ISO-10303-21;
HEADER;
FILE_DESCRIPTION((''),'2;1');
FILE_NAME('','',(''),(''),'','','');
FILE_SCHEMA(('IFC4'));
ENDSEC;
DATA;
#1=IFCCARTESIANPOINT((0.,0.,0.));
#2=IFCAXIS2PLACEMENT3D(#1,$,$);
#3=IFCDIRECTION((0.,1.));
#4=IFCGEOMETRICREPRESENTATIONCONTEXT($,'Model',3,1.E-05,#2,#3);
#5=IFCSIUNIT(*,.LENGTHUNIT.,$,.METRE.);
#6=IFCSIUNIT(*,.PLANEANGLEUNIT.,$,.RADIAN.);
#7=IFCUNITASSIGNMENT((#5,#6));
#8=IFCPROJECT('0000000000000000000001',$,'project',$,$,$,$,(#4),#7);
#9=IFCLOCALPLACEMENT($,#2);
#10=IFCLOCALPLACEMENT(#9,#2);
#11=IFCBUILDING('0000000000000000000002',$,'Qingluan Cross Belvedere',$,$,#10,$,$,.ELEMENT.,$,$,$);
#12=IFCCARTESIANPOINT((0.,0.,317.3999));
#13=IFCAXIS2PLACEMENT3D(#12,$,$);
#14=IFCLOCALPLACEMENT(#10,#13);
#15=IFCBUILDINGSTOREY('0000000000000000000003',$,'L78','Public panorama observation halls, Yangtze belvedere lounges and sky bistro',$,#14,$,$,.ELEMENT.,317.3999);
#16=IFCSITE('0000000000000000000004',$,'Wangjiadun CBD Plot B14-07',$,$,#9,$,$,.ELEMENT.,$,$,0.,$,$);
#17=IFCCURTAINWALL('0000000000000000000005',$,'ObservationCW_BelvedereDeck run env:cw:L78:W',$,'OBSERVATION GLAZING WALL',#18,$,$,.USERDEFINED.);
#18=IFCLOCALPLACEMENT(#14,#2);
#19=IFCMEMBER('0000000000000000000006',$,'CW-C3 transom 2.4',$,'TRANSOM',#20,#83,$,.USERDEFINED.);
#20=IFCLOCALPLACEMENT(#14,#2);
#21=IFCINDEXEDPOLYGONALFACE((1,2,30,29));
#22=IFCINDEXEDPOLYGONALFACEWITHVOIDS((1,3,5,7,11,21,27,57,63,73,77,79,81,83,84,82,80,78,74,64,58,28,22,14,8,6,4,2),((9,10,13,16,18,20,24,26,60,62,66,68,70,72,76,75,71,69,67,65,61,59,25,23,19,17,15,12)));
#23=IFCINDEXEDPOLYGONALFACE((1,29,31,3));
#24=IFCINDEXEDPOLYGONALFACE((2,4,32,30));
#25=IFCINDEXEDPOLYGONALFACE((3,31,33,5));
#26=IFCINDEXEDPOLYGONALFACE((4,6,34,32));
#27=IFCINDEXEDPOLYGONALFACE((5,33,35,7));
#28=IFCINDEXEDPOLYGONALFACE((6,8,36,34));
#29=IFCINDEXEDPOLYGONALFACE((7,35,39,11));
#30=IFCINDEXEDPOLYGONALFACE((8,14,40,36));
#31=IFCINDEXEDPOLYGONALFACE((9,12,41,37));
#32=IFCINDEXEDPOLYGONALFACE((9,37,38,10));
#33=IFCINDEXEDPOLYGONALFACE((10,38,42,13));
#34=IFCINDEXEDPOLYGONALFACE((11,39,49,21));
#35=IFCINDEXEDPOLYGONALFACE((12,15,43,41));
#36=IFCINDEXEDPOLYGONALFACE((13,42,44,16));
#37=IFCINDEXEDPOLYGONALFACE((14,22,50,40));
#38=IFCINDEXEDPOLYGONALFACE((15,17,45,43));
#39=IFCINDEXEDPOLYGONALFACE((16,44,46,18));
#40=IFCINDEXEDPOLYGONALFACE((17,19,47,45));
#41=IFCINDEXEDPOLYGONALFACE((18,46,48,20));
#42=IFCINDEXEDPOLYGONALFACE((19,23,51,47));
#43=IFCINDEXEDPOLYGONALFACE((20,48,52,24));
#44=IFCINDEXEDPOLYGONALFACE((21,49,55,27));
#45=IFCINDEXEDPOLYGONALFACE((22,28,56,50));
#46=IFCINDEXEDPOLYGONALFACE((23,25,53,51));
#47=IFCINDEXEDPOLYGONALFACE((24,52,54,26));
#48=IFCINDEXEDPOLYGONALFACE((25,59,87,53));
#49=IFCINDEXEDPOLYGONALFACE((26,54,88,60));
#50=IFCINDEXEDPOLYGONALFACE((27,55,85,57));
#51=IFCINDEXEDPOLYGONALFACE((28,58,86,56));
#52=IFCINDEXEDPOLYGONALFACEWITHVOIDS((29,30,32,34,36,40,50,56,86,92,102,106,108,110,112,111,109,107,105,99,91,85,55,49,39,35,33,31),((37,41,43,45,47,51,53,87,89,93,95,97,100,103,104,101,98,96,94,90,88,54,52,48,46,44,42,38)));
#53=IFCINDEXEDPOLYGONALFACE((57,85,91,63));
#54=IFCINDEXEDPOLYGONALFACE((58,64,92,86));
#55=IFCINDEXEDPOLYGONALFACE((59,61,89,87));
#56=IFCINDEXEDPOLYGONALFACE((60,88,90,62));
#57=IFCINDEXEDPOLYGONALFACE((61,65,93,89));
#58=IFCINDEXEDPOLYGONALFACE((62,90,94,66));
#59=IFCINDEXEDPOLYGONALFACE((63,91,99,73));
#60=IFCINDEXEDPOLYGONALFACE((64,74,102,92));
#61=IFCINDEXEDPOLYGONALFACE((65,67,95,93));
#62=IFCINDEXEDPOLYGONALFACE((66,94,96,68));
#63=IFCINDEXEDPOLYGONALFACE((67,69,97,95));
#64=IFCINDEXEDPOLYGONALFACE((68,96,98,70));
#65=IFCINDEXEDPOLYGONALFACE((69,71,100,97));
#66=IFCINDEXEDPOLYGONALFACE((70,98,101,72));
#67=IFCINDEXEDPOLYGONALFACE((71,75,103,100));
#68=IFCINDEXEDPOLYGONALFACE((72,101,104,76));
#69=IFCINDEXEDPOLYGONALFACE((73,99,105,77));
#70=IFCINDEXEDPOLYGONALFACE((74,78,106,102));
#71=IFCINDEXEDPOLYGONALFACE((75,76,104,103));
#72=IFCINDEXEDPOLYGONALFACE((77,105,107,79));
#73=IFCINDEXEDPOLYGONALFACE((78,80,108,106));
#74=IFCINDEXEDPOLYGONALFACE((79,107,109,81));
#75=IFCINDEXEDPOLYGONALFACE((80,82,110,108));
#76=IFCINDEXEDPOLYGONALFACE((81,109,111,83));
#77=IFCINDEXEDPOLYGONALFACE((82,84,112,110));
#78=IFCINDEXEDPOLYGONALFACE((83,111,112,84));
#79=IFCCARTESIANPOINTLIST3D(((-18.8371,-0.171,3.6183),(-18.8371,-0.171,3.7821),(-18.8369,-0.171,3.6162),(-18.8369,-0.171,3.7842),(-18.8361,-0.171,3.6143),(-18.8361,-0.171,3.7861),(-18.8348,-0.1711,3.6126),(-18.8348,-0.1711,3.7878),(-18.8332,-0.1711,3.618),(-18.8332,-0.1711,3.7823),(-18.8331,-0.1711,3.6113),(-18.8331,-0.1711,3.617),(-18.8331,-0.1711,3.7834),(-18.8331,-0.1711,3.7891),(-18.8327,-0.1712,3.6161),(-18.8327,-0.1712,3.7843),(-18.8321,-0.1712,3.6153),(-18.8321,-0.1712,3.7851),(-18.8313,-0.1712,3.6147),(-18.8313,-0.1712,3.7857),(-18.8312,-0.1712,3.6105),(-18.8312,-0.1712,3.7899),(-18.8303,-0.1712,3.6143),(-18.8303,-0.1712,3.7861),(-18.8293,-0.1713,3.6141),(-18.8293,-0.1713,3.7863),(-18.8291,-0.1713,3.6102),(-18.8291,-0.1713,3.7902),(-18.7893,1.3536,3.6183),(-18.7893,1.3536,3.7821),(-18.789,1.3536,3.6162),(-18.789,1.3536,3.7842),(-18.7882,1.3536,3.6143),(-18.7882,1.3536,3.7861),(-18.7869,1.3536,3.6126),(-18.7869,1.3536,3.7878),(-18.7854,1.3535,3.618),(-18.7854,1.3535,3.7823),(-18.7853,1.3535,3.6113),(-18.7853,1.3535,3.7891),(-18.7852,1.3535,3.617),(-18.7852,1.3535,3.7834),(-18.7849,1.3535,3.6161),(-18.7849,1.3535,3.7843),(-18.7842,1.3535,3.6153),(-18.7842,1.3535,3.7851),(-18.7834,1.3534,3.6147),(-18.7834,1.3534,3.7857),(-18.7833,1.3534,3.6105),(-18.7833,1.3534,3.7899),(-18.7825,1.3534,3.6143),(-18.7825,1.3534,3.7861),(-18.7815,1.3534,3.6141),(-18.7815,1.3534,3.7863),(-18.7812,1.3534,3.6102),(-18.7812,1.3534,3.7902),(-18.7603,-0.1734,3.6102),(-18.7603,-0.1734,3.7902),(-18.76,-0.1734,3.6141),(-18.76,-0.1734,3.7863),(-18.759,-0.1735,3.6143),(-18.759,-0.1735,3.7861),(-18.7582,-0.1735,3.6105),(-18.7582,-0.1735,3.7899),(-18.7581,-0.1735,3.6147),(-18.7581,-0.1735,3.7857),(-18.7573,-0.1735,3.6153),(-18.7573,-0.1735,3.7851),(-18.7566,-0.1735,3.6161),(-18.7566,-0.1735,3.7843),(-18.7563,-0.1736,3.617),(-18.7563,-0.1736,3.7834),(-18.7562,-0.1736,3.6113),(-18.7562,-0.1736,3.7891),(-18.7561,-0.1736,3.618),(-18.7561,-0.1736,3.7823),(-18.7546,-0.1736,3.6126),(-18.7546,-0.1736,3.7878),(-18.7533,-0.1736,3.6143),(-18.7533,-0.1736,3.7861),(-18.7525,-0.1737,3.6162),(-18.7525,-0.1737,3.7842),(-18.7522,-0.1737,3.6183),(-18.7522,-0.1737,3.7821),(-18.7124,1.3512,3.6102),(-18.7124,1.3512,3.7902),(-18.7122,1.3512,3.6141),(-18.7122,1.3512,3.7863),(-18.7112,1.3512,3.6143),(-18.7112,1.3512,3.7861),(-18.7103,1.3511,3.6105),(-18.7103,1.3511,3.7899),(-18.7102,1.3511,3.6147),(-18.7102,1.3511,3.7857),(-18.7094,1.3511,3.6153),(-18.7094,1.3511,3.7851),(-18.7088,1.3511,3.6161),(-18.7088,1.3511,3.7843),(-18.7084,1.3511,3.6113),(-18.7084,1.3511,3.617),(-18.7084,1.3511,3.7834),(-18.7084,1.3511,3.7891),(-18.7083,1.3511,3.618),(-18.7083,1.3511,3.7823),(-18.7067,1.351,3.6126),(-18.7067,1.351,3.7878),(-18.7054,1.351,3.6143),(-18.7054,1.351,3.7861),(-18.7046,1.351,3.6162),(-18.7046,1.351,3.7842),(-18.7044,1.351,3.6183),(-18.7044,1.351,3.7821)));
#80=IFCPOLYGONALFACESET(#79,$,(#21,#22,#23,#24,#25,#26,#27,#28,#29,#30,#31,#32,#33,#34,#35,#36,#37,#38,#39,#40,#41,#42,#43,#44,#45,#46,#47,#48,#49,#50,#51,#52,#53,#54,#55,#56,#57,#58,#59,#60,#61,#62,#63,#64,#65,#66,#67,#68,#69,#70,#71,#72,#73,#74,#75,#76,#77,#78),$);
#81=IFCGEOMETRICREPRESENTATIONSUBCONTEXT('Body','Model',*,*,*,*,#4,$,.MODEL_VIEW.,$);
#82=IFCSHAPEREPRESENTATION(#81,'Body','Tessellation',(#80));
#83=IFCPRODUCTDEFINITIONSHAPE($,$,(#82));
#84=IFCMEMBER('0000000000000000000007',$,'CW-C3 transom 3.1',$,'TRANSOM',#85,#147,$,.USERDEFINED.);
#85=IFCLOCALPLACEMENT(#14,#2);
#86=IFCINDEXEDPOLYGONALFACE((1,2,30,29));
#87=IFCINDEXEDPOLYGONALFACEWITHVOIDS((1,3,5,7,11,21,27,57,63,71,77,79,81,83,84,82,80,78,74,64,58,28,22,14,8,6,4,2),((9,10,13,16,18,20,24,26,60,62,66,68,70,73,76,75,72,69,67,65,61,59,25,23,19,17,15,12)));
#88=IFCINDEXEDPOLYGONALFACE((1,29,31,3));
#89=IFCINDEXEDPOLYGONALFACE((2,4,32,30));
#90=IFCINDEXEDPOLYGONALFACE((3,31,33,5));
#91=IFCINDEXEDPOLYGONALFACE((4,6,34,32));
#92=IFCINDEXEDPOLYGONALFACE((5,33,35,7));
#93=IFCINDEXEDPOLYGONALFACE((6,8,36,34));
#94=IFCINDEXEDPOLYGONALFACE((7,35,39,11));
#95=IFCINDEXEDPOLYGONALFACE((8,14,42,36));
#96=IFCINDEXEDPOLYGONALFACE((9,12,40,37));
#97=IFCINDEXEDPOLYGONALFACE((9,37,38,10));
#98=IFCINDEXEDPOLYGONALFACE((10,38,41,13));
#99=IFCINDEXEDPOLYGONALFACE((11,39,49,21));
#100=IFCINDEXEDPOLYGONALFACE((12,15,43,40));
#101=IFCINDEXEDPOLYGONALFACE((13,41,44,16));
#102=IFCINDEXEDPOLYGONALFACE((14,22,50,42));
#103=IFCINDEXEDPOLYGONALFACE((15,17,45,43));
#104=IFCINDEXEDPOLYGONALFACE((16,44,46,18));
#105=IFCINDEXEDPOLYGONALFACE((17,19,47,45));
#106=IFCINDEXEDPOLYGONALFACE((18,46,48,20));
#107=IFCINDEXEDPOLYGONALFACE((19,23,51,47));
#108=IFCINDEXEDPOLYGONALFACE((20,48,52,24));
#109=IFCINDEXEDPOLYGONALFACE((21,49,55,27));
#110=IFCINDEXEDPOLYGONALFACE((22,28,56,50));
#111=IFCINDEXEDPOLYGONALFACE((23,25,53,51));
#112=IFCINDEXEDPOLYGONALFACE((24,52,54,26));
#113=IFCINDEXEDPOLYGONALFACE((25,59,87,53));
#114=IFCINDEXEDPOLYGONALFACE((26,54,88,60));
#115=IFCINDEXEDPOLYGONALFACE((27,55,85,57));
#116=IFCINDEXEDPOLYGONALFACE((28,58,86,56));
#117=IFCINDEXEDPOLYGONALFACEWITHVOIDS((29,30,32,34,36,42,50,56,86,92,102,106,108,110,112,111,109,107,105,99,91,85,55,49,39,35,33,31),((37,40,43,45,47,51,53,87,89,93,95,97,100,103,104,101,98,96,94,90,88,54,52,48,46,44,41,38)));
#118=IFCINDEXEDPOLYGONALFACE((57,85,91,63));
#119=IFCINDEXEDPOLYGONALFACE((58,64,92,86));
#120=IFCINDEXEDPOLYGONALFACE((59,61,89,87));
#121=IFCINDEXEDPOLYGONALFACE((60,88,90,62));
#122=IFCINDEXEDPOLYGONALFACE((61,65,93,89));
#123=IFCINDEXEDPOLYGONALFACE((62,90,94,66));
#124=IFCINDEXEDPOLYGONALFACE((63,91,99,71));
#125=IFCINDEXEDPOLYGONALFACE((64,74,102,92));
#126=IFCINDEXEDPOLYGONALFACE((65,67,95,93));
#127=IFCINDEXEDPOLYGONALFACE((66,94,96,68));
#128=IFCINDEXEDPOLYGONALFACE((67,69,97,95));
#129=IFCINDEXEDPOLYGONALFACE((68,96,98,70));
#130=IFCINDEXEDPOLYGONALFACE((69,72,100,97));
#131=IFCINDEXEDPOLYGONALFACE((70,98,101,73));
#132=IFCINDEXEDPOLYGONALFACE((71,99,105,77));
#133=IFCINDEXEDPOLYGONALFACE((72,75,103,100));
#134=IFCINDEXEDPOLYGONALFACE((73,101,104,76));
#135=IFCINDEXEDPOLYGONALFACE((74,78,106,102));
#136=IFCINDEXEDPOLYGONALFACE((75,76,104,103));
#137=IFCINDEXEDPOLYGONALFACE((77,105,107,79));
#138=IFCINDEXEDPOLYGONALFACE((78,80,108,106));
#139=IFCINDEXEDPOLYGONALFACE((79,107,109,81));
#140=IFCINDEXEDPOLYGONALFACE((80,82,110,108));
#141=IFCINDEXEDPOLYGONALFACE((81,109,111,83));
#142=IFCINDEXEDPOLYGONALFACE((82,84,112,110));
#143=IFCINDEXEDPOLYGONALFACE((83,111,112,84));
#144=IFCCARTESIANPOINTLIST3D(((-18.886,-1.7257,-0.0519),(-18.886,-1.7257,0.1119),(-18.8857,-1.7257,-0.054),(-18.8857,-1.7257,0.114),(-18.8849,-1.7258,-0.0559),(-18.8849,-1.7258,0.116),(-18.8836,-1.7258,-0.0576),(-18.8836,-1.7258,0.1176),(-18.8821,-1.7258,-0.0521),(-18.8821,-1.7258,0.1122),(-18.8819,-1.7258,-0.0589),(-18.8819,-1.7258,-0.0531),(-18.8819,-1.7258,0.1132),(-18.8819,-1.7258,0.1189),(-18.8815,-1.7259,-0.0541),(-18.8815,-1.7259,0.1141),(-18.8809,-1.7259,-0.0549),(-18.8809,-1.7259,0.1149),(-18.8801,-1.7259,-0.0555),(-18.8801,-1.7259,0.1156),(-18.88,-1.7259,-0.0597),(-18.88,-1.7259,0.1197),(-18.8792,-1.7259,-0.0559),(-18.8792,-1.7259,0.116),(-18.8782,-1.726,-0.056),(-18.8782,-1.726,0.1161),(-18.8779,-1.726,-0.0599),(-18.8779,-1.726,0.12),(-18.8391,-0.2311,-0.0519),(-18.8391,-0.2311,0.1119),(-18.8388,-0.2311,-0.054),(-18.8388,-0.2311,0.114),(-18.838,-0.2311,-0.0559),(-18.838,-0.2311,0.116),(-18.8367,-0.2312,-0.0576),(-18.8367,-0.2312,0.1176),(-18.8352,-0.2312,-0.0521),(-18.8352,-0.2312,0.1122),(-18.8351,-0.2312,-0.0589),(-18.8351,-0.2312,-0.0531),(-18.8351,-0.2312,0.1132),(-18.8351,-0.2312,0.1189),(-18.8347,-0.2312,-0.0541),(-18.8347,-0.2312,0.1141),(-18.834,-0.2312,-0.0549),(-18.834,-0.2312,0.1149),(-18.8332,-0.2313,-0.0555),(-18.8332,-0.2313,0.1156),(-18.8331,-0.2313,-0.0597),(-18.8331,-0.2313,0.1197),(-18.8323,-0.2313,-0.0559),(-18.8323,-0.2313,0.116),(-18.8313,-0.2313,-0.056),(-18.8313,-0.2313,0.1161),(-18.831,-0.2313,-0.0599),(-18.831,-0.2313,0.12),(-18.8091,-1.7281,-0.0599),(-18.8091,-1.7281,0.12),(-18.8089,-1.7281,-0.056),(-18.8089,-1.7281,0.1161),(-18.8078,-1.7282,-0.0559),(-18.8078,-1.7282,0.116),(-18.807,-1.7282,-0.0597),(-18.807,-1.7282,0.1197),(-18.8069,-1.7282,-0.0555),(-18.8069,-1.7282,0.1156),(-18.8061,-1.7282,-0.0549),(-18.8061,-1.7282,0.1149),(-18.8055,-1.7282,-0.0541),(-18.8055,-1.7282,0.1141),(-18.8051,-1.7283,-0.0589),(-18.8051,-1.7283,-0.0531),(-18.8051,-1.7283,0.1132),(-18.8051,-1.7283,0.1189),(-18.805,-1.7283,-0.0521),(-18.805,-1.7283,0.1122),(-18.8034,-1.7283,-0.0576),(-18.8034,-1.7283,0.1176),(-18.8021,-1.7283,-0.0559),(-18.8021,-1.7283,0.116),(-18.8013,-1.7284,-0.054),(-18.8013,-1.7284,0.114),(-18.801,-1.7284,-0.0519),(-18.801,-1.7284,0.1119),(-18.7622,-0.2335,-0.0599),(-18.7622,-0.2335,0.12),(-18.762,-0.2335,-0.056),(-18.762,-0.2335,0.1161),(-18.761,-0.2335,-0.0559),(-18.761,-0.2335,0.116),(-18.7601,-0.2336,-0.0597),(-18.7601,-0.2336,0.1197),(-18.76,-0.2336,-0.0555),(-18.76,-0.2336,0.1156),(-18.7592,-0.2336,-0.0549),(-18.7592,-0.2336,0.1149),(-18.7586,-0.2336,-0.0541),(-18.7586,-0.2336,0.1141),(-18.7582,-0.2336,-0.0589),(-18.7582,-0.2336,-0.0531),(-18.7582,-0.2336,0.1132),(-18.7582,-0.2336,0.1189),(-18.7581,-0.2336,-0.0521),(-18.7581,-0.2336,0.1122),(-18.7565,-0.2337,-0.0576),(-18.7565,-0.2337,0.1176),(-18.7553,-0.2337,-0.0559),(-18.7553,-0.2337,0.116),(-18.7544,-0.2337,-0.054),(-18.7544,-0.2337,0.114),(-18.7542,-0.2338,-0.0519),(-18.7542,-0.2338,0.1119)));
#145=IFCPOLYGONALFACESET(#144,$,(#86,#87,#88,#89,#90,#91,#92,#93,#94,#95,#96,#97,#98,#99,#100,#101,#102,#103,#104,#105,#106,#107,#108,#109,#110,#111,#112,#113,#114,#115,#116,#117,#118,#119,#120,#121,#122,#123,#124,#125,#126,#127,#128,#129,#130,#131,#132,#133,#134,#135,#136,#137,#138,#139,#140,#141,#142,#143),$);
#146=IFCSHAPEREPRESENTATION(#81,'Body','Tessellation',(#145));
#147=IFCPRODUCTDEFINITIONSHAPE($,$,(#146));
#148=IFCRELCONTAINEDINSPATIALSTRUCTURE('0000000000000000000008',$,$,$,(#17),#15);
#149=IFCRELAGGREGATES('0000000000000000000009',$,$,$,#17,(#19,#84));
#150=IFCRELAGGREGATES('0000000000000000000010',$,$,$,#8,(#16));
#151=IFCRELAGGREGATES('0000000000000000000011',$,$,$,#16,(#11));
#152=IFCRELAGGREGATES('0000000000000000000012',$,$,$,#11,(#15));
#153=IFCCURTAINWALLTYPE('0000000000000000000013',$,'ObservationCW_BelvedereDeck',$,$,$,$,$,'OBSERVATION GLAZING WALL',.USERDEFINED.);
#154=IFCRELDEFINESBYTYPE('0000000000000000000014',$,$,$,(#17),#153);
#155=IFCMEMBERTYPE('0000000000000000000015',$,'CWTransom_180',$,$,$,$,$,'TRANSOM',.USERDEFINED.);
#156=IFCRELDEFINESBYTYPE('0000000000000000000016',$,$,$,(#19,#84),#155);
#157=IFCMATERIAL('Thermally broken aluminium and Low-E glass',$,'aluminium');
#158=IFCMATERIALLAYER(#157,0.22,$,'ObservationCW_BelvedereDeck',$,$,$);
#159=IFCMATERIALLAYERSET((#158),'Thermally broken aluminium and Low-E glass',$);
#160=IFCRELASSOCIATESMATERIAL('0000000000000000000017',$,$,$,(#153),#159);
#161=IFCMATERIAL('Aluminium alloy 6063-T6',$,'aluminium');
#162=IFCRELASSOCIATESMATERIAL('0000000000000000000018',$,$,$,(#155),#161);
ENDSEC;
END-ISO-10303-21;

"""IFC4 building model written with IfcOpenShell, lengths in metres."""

from ifc_helpers import new_model, si_unit, direction, frame, origin, origin_2d, place, context, subcontext, project, spatial, hollow_rectangle, extrude, material, layer, layer_set, material_profile, profile_set, type_object, element, aggregate, save


model = new_model("IFC4")

# Units and contexts
model_context = context("Model", 3, precision=1e-05, world=origin(), true_north=direction((0.0, 1.0)))
body_context = subcontext(model_context, "Body", "Model", "MODEL_VIEW")
ifc_project = project(units=[si_unit("LENGTHUNIT", "METRE"), si_unit("PLANEANGLEUNIT", "RADIAN")], contexts=[model_context])

# Site, building, storey
site_placement = place(None, origin())
site = spatial("IfcSite", under=ifc_project, at=site_placement, Name="Wangjiadun CBD Plot B14-07", CompositionType="ELEMENT", RefElevation=0.0)
building_placement = place(site_placement, origin())
building = spatial("IfcBuilding", under=site, at=building_placement, Name="Qingluan Cross Belvedere", CompositionType="ELEMENT")
storey_placement = place(building_placement, frame((0.0, 0.0, 317.3999)))
storey = spatial("IfcBuildingStorey", under=building, at=storey_placement, Name="L78", Description="Public panorama observation halls, Yangtze belvedere lounges and sky bistro", CompositionType="ELEMENT", Elevation=317.3999)

# Curtain wall, members
ifc_material_1 = material(Name="Thermally broken aluminium and Low-E glass", Category="aluminium")
ifc_layer_1 = layer(ifc_material_1, 0.22, Name="ObservationCW_BelvedereDeck")
ifc_layer_set_1 = layer_set([ifc_layer_1], Name="Thermally broken aluminium and Low-E glass")
curtain_wall_type = type_object("IfcCurtainWallType", Name="ObservationCW_BelvedereDeck", ElementType="OBSERVATION GLAZING WALL", PredefinedType="USERDEFINED", material=ifc_layer_set_1)
curtain_wall_placement = place(storey_placement, origin())
curtain_wall = element("IfcCurtainWall", 1, at=curtain_wall_placement, inside=storey, type_object=curtain_wall_type, Name="ObservationCW_BelvedereDeck run env:cw:L78:W", ObjectType="OBSERVATION GLAZING WALL", PredefinedType="USERDEFINED")
ifc_material_2 = material(Name="Aluminium alloy 6063-T6", Category="aluminium")
ifc_material_profile_1 = material_profile(ifc_material_2, hollow_rectangle(XDim=0.085, YDim=0.1799, WallThickness=0.0039, InnerFilletRadius=0.0039, OuterFilletRadius=0.0081, at=origin_2d()), Name="CWT180x85x4")
ifc_profile_set_1 = profile_set([ifc_material_profile_1], Name="Aluminium alloy 6063-T6")
member_type_1 = type_object("IfcMemberType", Name="CWTransom_180", ElementType="TRANSOM", PredefinedType="USERDEFINED", material=ifc_profile_set_1)
member_1_placement = place(storey_placement, frame((-18.7468, 1.3523, 3.7002), z_axis=(-0.03137, -0.999508, 0.0), x_axis=(0.999508, -0.03137, 0.0)))
member_1 = element("IfcMember", 2, at=member_1_placement, type_object=member_type_1, Name="CW-C3 transom 2.4", ObjectType="TRANSOM", PredefinedType="USERDEFINED", context=body_context, shape_type="SweptSolid", body=[
    extrude(hollow_rectangle(XDim=0.085, YDim=0.1799, WallThickness=0.0039, InnerFilletRadius=0.0039, OuterFilletRadius=0.0081, at=origin_2d()), origin(), (0.0, 0.0, 1.0), 1.5254),
])
member_2_placement = place(storey_placement, frame((-18.7966, -0.2324, 0.03), z_axis=(-0.031347, -0.999509, 0.0), x_axis=(0.999509, -0.031347, 0.0)))
member_2 = element("IfcMember", 3, at=member_2_placement, type_object=member_type_1, Name="CW-C3 transom 3.1", ObjectType="TRANSOM", PredefinedType="USERDEFINED", context=body_context, shape_type="SweptSolid", body=[
    extrude(hollow_rectangle(XDim=0.085, YDim=0.1799, WallThickness=0.0039, InnerFilletRadius=0.0039, OuterFilletRadius=0.0081, at=origin_2d()), origin(), (0.0, 0.0, 1.0), 1.4954),
])

aggregate(curtain_wall, [member_1, member_2])

save(model, "model.ifc")
